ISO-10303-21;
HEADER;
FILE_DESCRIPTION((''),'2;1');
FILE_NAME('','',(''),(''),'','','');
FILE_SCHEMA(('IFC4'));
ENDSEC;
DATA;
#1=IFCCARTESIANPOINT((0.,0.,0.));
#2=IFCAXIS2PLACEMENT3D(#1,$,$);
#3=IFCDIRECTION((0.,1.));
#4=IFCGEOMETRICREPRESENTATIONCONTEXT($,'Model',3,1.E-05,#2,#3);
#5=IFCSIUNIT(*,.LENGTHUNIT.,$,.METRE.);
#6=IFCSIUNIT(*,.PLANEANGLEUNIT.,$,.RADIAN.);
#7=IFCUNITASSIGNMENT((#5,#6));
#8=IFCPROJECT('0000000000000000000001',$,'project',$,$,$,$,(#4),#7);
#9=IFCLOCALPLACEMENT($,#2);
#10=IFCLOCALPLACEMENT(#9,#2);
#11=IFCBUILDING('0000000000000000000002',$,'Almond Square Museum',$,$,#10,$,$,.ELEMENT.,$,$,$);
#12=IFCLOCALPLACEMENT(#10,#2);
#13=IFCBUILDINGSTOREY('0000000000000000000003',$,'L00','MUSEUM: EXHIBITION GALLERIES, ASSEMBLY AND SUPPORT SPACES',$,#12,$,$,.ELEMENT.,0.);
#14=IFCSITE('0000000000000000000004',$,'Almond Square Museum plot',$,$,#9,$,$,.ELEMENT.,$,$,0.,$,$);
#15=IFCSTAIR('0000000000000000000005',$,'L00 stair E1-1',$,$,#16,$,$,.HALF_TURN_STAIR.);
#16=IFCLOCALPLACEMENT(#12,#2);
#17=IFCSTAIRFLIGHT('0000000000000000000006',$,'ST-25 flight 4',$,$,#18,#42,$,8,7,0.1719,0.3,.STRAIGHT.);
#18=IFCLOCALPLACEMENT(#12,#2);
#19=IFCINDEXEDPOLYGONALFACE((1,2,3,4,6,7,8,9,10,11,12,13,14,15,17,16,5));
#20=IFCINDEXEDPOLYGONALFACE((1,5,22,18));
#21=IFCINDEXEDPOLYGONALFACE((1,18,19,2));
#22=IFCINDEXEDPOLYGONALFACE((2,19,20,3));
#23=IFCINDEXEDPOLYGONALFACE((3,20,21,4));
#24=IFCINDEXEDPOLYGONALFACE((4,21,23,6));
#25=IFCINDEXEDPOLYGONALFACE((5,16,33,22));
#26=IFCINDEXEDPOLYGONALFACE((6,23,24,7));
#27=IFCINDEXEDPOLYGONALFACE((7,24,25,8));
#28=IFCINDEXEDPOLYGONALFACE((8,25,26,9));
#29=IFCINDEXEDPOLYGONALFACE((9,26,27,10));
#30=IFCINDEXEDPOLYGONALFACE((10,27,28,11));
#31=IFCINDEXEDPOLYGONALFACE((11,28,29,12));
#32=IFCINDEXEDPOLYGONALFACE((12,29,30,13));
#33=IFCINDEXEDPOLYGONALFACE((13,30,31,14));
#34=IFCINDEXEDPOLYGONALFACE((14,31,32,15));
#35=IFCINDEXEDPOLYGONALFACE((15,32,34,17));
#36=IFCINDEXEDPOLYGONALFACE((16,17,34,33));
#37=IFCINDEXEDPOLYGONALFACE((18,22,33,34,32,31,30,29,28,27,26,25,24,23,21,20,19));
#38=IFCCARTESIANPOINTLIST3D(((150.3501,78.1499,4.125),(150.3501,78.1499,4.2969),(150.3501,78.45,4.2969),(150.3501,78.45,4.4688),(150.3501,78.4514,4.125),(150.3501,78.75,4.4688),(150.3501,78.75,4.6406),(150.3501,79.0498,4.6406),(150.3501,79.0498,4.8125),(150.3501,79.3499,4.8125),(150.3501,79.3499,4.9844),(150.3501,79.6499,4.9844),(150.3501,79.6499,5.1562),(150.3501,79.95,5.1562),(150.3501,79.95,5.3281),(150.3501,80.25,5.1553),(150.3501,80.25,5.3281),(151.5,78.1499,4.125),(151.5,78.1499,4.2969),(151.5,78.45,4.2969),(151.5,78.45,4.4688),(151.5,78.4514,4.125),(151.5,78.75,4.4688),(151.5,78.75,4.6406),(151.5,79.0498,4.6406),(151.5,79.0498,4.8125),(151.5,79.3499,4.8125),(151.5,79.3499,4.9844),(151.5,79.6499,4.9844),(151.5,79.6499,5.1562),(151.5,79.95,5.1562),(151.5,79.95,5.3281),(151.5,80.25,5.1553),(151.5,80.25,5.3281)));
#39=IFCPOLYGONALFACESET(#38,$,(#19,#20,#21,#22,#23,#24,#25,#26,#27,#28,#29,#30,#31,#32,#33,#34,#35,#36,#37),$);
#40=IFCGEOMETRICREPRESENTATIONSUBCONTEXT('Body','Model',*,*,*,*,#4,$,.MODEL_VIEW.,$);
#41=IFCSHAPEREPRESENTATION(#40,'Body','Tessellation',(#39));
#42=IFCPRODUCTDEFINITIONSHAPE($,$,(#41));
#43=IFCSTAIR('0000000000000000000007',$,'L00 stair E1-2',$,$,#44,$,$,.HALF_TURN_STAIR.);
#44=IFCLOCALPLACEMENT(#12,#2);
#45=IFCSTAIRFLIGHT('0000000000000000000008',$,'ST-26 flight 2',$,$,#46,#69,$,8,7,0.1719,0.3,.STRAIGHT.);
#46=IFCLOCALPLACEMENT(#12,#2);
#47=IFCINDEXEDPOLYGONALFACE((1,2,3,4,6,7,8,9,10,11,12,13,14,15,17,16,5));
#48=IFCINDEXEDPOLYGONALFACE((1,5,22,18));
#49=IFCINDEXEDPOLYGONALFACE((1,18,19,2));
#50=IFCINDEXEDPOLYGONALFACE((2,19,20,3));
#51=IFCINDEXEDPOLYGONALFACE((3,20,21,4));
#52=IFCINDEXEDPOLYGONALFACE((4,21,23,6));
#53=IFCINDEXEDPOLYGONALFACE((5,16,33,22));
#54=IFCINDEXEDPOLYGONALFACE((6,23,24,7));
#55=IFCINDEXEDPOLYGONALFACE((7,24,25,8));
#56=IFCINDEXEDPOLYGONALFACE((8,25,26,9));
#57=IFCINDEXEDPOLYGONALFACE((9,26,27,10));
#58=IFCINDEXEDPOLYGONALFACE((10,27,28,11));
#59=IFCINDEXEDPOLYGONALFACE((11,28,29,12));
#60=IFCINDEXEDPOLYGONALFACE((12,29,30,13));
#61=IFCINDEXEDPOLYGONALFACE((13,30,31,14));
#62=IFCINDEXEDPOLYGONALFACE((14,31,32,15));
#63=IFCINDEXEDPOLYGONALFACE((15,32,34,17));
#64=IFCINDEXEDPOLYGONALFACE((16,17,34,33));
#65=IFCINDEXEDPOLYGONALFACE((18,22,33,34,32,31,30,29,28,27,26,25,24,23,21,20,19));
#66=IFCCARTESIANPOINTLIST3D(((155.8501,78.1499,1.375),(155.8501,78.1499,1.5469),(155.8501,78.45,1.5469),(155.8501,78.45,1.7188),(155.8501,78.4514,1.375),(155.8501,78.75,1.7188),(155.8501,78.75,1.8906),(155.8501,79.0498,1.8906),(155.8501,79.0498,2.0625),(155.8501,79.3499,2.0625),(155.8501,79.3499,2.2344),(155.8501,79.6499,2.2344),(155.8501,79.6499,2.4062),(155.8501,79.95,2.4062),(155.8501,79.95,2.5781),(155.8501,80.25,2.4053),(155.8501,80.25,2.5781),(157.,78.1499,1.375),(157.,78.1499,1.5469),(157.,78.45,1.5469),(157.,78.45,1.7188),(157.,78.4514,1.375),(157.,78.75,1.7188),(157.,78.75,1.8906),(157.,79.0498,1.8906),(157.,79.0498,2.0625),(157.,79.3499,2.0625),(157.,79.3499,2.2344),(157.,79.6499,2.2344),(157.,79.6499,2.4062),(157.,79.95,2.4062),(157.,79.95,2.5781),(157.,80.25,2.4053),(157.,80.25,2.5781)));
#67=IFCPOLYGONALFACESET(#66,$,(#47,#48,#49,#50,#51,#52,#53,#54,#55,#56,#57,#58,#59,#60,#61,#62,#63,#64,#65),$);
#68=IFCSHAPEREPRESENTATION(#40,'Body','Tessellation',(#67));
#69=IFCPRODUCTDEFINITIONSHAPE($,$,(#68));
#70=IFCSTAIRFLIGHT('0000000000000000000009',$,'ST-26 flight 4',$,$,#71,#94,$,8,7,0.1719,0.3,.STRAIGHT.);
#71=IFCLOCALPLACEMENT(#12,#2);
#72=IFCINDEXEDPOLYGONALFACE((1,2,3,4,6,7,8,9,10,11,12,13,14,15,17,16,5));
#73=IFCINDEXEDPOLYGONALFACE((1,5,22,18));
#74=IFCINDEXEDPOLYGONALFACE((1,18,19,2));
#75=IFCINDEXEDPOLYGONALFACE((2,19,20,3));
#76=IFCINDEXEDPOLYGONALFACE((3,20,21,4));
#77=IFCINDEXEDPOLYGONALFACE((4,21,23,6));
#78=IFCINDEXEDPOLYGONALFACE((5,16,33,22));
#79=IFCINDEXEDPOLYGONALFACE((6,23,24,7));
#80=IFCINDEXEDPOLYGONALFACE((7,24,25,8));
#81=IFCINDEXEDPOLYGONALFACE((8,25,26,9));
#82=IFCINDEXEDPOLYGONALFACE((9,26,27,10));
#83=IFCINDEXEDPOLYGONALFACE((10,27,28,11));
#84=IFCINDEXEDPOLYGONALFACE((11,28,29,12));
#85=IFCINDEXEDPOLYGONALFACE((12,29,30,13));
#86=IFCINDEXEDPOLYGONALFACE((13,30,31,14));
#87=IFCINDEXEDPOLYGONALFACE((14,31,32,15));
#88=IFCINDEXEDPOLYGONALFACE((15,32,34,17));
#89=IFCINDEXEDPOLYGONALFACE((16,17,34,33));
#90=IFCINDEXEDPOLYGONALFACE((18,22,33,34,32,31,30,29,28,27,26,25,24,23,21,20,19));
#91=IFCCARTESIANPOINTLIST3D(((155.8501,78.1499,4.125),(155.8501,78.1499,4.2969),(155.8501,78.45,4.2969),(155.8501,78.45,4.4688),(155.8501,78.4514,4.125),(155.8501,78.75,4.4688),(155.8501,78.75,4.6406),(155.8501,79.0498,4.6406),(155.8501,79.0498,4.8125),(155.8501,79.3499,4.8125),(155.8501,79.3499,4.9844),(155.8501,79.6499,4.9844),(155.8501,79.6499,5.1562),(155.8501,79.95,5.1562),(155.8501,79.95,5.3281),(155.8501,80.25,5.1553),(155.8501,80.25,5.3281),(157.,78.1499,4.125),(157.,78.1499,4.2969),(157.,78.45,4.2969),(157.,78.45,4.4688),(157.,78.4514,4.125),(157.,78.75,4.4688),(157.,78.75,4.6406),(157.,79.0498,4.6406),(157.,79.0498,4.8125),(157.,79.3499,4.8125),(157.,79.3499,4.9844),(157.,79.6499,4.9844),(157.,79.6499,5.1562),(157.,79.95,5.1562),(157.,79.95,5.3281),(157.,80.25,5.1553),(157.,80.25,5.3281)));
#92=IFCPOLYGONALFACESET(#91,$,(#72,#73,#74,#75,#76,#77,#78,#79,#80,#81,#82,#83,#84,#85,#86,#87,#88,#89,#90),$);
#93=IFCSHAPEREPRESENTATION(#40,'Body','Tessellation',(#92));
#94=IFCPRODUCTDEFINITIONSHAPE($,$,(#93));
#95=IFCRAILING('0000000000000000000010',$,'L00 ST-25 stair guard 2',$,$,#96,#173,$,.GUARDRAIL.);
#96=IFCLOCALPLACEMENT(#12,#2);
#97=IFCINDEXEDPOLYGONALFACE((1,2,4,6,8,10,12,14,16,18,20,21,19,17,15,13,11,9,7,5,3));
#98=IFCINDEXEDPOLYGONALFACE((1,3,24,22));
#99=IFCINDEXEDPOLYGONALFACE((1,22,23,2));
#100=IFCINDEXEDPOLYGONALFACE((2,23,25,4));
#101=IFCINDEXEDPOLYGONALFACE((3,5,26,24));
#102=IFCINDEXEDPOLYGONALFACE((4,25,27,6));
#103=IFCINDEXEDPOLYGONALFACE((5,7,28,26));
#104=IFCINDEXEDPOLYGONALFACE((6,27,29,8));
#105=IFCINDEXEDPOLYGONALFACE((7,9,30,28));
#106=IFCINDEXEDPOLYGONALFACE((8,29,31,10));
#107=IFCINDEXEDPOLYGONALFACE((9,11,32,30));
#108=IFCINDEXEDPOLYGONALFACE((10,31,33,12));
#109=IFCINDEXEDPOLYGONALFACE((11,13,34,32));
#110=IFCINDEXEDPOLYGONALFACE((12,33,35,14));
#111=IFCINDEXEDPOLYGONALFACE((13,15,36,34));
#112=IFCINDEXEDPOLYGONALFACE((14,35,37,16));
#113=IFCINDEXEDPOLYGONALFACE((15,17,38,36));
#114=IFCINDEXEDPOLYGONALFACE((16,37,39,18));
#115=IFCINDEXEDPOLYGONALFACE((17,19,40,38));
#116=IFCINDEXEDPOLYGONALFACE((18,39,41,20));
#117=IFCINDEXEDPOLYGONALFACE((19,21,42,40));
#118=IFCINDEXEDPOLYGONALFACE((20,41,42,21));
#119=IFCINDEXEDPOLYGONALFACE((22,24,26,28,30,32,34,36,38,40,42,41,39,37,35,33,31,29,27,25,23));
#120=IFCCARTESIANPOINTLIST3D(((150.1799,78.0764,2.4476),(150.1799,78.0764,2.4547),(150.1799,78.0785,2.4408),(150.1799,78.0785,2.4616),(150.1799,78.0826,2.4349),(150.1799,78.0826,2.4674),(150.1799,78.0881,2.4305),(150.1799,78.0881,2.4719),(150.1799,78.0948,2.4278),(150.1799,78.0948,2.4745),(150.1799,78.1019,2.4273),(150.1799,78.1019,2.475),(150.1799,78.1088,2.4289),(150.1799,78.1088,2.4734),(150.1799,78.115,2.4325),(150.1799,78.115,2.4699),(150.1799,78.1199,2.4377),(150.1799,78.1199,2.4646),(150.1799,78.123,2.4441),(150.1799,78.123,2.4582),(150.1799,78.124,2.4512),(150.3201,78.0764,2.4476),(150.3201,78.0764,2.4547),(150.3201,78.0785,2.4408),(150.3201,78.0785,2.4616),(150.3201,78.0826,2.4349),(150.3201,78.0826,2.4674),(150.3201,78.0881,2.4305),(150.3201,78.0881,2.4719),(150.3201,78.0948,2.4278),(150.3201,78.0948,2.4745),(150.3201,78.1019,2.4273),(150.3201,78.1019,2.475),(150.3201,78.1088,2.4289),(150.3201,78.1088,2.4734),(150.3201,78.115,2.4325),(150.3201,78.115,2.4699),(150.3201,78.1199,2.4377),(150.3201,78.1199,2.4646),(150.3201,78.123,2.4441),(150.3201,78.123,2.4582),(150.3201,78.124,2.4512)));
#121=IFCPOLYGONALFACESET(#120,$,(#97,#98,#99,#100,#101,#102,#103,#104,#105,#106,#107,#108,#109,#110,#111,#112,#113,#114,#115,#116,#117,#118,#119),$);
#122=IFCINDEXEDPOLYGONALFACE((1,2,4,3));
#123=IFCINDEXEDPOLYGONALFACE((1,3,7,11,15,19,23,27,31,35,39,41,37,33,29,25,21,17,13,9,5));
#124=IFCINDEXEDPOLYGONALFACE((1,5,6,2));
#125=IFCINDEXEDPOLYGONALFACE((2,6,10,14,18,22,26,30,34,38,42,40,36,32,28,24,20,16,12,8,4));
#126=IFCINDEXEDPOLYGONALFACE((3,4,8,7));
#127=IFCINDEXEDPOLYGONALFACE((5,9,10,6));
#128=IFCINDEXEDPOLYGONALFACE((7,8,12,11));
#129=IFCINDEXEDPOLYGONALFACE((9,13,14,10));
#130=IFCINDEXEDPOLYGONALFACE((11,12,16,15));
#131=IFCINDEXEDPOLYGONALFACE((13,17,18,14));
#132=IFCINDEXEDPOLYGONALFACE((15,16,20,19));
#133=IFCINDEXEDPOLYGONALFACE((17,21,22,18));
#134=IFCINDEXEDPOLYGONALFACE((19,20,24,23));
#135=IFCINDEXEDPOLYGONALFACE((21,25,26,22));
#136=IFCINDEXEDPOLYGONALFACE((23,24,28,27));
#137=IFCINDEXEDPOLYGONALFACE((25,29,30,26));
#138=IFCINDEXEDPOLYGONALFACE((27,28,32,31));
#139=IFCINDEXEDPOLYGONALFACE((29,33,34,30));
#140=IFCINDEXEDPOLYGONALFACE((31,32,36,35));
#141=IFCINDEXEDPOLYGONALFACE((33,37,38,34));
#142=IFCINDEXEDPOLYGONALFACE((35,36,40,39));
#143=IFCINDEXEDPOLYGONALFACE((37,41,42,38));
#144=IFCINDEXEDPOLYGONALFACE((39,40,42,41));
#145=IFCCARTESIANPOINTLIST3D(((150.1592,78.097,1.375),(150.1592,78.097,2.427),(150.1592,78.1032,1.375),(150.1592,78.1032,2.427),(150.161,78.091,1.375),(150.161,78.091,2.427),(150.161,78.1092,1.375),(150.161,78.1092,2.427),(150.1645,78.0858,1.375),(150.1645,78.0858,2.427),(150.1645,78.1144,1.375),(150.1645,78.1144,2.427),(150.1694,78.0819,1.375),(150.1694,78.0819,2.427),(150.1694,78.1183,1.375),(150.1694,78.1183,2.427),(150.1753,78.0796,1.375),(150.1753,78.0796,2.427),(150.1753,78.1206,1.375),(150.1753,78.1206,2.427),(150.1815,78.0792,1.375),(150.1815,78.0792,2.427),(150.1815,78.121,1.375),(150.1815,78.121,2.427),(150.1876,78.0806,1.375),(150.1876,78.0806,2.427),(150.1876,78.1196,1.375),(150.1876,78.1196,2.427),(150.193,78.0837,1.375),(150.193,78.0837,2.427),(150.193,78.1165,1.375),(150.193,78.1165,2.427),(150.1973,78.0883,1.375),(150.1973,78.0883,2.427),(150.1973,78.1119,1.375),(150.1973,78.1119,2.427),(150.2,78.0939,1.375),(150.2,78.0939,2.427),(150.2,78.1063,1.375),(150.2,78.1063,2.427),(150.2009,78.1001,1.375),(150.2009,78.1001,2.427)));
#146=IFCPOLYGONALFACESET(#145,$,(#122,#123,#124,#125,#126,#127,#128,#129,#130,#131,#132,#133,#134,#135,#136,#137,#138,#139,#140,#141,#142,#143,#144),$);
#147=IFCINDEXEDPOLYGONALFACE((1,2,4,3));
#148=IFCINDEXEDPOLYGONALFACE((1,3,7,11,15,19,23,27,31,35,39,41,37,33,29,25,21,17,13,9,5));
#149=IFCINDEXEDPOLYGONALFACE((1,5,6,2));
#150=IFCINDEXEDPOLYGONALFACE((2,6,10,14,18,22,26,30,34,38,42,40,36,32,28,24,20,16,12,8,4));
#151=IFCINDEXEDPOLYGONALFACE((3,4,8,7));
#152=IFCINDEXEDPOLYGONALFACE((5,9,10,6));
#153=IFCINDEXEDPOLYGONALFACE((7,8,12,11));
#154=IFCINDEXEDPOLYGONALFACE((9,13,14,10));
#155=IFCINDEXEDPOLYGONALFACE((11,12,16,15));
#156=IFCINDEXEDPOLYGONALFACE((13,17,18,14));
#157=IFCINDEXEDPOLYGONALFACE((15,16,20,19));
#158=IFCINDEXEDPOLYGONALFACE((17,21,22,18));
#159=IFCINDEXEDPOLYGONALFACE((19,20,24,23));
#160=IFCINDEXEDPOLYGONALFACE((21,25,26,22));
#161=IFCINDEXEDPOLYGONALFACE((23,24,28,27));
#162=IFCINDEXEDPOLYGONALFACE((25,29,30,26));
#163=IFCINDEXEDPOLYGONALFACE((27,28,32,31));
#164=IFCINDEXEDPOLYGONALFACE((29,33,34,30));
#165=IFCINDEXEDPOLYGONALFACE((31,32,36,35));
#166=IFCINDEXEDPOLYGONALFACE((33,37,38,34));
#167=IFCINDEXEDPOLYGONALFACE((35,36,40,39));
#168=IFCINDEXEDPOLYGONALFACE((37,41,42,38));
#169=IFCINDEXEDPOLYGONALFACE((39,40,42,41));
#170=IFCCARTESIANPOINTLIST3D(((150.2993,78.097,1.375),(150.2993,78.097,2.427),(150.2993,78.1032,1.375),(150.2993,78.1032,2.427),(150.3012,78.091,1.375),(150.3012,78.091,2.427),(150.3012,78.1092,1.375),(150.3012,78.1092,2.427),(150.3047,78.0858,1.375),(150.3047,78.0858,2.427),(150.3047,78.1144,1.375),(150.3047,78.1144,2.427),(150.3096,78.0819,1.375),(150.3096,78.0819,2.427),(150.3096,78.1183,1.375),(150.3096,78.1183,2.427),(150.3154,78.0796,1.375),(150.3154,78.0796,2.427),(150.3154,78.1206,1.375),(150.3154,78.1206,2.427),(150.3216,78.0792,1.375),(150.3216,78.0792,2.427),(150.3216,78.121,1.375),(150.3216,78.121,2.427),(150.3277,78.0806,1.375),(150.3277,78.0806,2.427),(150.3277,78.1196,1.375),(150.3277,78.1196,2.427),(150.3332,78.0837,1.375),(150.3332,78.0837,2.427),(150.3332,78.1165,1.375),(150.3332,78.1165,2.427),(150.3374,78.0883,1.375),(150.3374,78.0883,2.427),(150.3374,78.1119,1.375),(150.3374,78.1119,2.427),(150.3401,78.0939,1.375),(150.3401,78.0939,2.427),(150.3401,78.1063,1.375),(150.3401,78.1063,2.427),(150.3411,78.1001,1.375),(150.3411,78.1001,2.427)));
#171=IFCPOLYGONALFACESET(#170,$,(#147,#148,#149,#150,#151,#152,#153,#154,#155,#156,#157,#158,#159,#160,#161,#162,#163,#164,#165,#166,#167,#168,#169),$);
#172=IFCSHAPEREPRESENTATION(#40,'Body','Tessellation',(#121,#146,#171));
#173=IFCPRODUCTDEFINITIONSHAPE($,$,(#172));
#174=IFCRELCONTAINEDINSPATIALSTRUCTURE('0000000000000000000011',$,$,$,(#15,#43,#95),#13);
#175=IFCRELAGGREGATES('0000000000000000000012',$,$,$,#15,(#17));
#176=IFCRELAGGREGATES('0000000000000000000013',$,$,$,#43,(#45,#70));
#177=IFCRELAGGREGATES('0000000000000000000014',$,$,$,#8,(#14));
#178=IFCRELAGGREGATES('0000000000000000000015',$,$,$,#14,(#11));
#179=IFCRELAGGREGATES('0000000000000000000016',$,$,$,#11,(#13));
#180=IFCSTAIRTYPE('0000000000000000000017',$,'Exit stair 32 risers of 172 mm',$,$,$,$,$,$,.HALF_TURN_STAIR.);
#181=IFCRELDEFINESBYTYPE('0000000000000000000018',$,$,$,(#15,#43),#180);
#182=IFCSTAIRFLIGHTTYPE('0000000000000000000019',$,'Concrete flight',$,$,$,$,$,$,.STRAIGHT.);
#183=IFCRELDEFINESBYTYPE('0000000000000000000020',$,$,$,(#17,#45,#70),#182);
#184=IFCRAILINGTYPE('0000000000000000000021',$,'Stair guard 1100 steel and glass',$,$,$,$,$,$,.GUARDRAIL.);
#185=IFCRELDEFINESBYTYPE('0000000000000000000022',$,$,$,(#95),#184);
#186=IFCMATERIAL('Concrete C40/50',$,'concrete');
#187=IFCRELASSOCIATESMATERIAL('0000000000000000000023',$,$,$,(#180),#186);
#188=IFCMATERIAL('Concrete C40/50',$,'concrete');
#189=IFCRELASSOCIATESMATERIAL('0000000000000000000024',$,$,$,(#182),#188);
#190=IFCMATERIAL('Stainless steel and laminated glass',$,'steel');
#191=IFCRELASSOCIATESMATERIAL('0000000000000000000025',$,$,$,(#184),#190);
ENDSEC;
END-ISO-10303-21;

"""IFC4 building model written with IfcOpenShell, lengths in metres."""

from ifc_helpers import new_model, si_unit, direction, frame, origin, origin_2d, place, context, subcontext, project, spatial, polyline, circle, outline, extrude, material, type_object, element, aggregate, save


model = new_model("IFC4")

# Units and contexts
model_context = context("Model", 3, precision=1e-05, world=origin(), true_north=direction((0.0, 1.0)))
body_context = subcontext(model_context, "Body", "Model", "MODEL_VIEW")
ifc_project = project(units=[si_unit("LENGTHUNIT", "METRE"), si_unit("PLANEANGLEUNIT", "RADIAN")], contexts=[model_context])

# Site, building, storey
site_placement = place(None, origin())
site = spatial("IfcSite", under=ifc_project, at=site_placement, Name="Almond Square Museum plot", CompositionType="ELEMENT", RefElevation=0.0)
building_placement = place(site_placement, origin())
building = spatial("IfcBuilding", under=site, at=building_placement, Name="Almond Square Museum", CompositionType="ELEMENT")
storey_placement = place(building_placement, origin())
storey = spatial("IfcBuildingStorey", under=building, at=storey_placement, Name="L00", Description="MUSEUM: EXHIBITION GALLERIES, ASSEMBLY AND SUPPORT SPACES", CompositionType="ELEMENT", Elevation=0.0)

# Stairs, stair flights
ifc_material_1 = material(Name="Concrete C40/50", Category="concrete")
stair_type = type_object("IfcStairType", Name="Exit stair 32 risers of 172 mm", PredefinedType="HALF_TURN_STAIR", material=ifc_material_1)
stair_1_placement = place(storey_placement, origin())
stair_1 = element("IfcStair", 1, at=stair_1_placement, inside=storey, type_object=stair_type, Name="L00 stair E1-1", PredefinedType="HALF_TURN_STAIR")
ifc_material_2 = material(Name="Concrete C40/50", Category="concrete")
stair_flight_type = type_object("IfcStairFlightType", Name="Concrete flight", PredefinedType="STRAIGHT", material=ifc_material_2)
stair_flight_1_placement = place(storey_placement, frame((150.925, 78.1499, 4.125), z_axis=(0.0, 0.0, 1.0), x_axis=(0.0, 1.0, 0.0)))
stair_flight_1 = element("IfcStairFlight", 2, at=stair_flight_1_placement, type_object=stair_flight_type, Name="ST-25 flight 4", NumberOfRisers=8, NumberOfTreads=7, PredefinedType="STRAIGHT", RiserHeight=0.1719, TreadLength=0.3, context=body_context, shape_type="SweptSolid", body=[
    extrude(outline(polyline([(0.0, 0.0), (0.0, 0.1719), (0.3, 0.1719), (0.3, 0.3438), (0.6001, 0.3438), (0.6001, 0.5156), (0.8999, 0.5156), (0.8999, 0.6875), (1.2, 0.6875), (1.2, 0.8594), (1.5, 0.8594), (1.5, 1.0312), (1.8, 1.0312), (1.8, 1.2031), (2.1001, 1.2031), (2.1001, 1.375), (2.1001, 1.0303), (0.3015, 0.0), (0.0, 0.0)])), frame((0.0, 0.575, 0.0), z_axis=(0.0, -1.0, 0.0), x_axis=(1.0, 0.0, 0.0)), (0.0, 0.0, 1.0), 1.1499),
])
aggregate(stair_1, [stair_flight_1])
stair_2_placement = place(storey_placement, origin())
stair_2 = element("IfcStair", 3, at=stair_2_placement, inside=storey, type_object=stair_type, Name="L00 stair E1-2", PredefinedType="HALF_TURN_STAIR")
stair_flight_2_placement = place(storey_placement, frame((156.425, 78.1499, 1.375), z_axis=(0.0, 0.0, 1.0), x_axis=(0.0, 1.0, 0.0)))
stair_flight_2 = element("IfcStairFlight", 4, at=stair_flight_2_placement, type_object=stair_flight_type, Name="ST-26 flight 2", NumberOfRisers=8, NumberOfTreads=7, PredefinedType="STRAIGHT", RiserHeight=0.1719, TreadLength=0.3, context=body_context, shape_type="SweptSolid", body=[
    extrude(outline(polyline([(0.0, 0.0), (0.0, 0.1719), (0.3, 0.1719), (0.3, 0.3438), (0.6001, 0.3438), (0.6001, 0.5156), (0.8999, 0.5156), (0.8999, 0.6875), (1.2, 0.6875), (1.2, 0.8594), (1.5, 0.8594), (1.5, 1.0312), (1.8, 1.0312), (1.8, 1.2031), (2.1001, 1.2031), (2.1001, 1.375), (2.1001, 1.0303), (0.3015, 0.0), (0.0, 0.0)])), frame((0.0, 0.575, 0.0), z_axis=(0.0, -1.0, 0.0), x_axis=(1.0, 0.0, 0.0)), (0.0, 0.0, 1.0), 1.1499),
])
stair_flight_3_placement = place(storey_placement, frame((156.425, 78.1499, 4.125), z_axis=(0.0, 0.0, 1.0), x_axis=(0.0, 1.0, 0.0)))
stair_flight_3 = element("IfcStairFlight", 5, at=stair_flight_3_placement, type_object=stair_flight_type, Name="ST-26 flight 4", NumberOfRisers=8, NumberOfTreads=7, PredefinedType="STRAIGHT", RiserHeight=0.1719, TreadLength=0.3, context=body_context, shape_type="SweptSolid", body=[
    extrude(outline(polyline([(0.0, 0.0), (0.0, 0.1719), (0.3, 0.1719), (0.3, 0.3438), (0.6001, 0.3438), (0.6001, 0.5156), (0.8999, 0.5156), (0.8999, 0.6875), (1.2, 0.6875), (1.2, 0.8594), (1.5, 0.8594), (1.5, 1.0312), (1.8, 1.0312), (1.8, 1.2031), (2.1001, 1.2031), (2.1001, 1.375), (2.1001, 1.0303), (0.3015, 0.0), (0.0, 0.0)])), frame((0.0, 0.575, 0.0), z_axis=(0.0, -1.0, 0.0), x_axis=(1.0, 0.0, 0.0)), (0.0, 0.0, 1.0), 1.1499),
])
aggregate(stair_2, [stair_flight_2, stair_flight_3])

# Railing
ifc_material_3 = material(Name="Stainless steel and laminated glass", Category="steel")
railing_type_1 = type_object("IfcRailingType", Name="Stair guard 1100 steel and glass", PredefinedType="GUARDRAIL", material=ifc_material_3)
railing_1_placement = place(storey_placement, frame((150.1799, 78.1001, 1.375)))
element("IfcRailing", 6, at=railing_1_placement, inside=storey, type_object=railing_type_1, Name="L00 ST-25 stair guard 2", PredefinedType="GUARDRAIL", context=body_context, shape_type="SweptSolid", body=[
    extrude(circle(Radius=0.0239, at=origin_2d()), frame((0.0, 0.0, 1.0762), z_axis=(1.0, 0.0, 0.0), x_axis=(0.0, 1.0, 0.0)), (0.0, 0.0, 1.0), 0.1401),
    extrude(circle(Radius=0.021, at=origin_2d()), origin(), (0.0, 0.0, 1.0), 1.052),
    extrude(circle(Radius=0.021, at=origin_2d()), frame((0.1401, 0.0, 0.0)), (0.0, 0.0, 1.0), 1.052),
])

save(model, "model.ifc")
